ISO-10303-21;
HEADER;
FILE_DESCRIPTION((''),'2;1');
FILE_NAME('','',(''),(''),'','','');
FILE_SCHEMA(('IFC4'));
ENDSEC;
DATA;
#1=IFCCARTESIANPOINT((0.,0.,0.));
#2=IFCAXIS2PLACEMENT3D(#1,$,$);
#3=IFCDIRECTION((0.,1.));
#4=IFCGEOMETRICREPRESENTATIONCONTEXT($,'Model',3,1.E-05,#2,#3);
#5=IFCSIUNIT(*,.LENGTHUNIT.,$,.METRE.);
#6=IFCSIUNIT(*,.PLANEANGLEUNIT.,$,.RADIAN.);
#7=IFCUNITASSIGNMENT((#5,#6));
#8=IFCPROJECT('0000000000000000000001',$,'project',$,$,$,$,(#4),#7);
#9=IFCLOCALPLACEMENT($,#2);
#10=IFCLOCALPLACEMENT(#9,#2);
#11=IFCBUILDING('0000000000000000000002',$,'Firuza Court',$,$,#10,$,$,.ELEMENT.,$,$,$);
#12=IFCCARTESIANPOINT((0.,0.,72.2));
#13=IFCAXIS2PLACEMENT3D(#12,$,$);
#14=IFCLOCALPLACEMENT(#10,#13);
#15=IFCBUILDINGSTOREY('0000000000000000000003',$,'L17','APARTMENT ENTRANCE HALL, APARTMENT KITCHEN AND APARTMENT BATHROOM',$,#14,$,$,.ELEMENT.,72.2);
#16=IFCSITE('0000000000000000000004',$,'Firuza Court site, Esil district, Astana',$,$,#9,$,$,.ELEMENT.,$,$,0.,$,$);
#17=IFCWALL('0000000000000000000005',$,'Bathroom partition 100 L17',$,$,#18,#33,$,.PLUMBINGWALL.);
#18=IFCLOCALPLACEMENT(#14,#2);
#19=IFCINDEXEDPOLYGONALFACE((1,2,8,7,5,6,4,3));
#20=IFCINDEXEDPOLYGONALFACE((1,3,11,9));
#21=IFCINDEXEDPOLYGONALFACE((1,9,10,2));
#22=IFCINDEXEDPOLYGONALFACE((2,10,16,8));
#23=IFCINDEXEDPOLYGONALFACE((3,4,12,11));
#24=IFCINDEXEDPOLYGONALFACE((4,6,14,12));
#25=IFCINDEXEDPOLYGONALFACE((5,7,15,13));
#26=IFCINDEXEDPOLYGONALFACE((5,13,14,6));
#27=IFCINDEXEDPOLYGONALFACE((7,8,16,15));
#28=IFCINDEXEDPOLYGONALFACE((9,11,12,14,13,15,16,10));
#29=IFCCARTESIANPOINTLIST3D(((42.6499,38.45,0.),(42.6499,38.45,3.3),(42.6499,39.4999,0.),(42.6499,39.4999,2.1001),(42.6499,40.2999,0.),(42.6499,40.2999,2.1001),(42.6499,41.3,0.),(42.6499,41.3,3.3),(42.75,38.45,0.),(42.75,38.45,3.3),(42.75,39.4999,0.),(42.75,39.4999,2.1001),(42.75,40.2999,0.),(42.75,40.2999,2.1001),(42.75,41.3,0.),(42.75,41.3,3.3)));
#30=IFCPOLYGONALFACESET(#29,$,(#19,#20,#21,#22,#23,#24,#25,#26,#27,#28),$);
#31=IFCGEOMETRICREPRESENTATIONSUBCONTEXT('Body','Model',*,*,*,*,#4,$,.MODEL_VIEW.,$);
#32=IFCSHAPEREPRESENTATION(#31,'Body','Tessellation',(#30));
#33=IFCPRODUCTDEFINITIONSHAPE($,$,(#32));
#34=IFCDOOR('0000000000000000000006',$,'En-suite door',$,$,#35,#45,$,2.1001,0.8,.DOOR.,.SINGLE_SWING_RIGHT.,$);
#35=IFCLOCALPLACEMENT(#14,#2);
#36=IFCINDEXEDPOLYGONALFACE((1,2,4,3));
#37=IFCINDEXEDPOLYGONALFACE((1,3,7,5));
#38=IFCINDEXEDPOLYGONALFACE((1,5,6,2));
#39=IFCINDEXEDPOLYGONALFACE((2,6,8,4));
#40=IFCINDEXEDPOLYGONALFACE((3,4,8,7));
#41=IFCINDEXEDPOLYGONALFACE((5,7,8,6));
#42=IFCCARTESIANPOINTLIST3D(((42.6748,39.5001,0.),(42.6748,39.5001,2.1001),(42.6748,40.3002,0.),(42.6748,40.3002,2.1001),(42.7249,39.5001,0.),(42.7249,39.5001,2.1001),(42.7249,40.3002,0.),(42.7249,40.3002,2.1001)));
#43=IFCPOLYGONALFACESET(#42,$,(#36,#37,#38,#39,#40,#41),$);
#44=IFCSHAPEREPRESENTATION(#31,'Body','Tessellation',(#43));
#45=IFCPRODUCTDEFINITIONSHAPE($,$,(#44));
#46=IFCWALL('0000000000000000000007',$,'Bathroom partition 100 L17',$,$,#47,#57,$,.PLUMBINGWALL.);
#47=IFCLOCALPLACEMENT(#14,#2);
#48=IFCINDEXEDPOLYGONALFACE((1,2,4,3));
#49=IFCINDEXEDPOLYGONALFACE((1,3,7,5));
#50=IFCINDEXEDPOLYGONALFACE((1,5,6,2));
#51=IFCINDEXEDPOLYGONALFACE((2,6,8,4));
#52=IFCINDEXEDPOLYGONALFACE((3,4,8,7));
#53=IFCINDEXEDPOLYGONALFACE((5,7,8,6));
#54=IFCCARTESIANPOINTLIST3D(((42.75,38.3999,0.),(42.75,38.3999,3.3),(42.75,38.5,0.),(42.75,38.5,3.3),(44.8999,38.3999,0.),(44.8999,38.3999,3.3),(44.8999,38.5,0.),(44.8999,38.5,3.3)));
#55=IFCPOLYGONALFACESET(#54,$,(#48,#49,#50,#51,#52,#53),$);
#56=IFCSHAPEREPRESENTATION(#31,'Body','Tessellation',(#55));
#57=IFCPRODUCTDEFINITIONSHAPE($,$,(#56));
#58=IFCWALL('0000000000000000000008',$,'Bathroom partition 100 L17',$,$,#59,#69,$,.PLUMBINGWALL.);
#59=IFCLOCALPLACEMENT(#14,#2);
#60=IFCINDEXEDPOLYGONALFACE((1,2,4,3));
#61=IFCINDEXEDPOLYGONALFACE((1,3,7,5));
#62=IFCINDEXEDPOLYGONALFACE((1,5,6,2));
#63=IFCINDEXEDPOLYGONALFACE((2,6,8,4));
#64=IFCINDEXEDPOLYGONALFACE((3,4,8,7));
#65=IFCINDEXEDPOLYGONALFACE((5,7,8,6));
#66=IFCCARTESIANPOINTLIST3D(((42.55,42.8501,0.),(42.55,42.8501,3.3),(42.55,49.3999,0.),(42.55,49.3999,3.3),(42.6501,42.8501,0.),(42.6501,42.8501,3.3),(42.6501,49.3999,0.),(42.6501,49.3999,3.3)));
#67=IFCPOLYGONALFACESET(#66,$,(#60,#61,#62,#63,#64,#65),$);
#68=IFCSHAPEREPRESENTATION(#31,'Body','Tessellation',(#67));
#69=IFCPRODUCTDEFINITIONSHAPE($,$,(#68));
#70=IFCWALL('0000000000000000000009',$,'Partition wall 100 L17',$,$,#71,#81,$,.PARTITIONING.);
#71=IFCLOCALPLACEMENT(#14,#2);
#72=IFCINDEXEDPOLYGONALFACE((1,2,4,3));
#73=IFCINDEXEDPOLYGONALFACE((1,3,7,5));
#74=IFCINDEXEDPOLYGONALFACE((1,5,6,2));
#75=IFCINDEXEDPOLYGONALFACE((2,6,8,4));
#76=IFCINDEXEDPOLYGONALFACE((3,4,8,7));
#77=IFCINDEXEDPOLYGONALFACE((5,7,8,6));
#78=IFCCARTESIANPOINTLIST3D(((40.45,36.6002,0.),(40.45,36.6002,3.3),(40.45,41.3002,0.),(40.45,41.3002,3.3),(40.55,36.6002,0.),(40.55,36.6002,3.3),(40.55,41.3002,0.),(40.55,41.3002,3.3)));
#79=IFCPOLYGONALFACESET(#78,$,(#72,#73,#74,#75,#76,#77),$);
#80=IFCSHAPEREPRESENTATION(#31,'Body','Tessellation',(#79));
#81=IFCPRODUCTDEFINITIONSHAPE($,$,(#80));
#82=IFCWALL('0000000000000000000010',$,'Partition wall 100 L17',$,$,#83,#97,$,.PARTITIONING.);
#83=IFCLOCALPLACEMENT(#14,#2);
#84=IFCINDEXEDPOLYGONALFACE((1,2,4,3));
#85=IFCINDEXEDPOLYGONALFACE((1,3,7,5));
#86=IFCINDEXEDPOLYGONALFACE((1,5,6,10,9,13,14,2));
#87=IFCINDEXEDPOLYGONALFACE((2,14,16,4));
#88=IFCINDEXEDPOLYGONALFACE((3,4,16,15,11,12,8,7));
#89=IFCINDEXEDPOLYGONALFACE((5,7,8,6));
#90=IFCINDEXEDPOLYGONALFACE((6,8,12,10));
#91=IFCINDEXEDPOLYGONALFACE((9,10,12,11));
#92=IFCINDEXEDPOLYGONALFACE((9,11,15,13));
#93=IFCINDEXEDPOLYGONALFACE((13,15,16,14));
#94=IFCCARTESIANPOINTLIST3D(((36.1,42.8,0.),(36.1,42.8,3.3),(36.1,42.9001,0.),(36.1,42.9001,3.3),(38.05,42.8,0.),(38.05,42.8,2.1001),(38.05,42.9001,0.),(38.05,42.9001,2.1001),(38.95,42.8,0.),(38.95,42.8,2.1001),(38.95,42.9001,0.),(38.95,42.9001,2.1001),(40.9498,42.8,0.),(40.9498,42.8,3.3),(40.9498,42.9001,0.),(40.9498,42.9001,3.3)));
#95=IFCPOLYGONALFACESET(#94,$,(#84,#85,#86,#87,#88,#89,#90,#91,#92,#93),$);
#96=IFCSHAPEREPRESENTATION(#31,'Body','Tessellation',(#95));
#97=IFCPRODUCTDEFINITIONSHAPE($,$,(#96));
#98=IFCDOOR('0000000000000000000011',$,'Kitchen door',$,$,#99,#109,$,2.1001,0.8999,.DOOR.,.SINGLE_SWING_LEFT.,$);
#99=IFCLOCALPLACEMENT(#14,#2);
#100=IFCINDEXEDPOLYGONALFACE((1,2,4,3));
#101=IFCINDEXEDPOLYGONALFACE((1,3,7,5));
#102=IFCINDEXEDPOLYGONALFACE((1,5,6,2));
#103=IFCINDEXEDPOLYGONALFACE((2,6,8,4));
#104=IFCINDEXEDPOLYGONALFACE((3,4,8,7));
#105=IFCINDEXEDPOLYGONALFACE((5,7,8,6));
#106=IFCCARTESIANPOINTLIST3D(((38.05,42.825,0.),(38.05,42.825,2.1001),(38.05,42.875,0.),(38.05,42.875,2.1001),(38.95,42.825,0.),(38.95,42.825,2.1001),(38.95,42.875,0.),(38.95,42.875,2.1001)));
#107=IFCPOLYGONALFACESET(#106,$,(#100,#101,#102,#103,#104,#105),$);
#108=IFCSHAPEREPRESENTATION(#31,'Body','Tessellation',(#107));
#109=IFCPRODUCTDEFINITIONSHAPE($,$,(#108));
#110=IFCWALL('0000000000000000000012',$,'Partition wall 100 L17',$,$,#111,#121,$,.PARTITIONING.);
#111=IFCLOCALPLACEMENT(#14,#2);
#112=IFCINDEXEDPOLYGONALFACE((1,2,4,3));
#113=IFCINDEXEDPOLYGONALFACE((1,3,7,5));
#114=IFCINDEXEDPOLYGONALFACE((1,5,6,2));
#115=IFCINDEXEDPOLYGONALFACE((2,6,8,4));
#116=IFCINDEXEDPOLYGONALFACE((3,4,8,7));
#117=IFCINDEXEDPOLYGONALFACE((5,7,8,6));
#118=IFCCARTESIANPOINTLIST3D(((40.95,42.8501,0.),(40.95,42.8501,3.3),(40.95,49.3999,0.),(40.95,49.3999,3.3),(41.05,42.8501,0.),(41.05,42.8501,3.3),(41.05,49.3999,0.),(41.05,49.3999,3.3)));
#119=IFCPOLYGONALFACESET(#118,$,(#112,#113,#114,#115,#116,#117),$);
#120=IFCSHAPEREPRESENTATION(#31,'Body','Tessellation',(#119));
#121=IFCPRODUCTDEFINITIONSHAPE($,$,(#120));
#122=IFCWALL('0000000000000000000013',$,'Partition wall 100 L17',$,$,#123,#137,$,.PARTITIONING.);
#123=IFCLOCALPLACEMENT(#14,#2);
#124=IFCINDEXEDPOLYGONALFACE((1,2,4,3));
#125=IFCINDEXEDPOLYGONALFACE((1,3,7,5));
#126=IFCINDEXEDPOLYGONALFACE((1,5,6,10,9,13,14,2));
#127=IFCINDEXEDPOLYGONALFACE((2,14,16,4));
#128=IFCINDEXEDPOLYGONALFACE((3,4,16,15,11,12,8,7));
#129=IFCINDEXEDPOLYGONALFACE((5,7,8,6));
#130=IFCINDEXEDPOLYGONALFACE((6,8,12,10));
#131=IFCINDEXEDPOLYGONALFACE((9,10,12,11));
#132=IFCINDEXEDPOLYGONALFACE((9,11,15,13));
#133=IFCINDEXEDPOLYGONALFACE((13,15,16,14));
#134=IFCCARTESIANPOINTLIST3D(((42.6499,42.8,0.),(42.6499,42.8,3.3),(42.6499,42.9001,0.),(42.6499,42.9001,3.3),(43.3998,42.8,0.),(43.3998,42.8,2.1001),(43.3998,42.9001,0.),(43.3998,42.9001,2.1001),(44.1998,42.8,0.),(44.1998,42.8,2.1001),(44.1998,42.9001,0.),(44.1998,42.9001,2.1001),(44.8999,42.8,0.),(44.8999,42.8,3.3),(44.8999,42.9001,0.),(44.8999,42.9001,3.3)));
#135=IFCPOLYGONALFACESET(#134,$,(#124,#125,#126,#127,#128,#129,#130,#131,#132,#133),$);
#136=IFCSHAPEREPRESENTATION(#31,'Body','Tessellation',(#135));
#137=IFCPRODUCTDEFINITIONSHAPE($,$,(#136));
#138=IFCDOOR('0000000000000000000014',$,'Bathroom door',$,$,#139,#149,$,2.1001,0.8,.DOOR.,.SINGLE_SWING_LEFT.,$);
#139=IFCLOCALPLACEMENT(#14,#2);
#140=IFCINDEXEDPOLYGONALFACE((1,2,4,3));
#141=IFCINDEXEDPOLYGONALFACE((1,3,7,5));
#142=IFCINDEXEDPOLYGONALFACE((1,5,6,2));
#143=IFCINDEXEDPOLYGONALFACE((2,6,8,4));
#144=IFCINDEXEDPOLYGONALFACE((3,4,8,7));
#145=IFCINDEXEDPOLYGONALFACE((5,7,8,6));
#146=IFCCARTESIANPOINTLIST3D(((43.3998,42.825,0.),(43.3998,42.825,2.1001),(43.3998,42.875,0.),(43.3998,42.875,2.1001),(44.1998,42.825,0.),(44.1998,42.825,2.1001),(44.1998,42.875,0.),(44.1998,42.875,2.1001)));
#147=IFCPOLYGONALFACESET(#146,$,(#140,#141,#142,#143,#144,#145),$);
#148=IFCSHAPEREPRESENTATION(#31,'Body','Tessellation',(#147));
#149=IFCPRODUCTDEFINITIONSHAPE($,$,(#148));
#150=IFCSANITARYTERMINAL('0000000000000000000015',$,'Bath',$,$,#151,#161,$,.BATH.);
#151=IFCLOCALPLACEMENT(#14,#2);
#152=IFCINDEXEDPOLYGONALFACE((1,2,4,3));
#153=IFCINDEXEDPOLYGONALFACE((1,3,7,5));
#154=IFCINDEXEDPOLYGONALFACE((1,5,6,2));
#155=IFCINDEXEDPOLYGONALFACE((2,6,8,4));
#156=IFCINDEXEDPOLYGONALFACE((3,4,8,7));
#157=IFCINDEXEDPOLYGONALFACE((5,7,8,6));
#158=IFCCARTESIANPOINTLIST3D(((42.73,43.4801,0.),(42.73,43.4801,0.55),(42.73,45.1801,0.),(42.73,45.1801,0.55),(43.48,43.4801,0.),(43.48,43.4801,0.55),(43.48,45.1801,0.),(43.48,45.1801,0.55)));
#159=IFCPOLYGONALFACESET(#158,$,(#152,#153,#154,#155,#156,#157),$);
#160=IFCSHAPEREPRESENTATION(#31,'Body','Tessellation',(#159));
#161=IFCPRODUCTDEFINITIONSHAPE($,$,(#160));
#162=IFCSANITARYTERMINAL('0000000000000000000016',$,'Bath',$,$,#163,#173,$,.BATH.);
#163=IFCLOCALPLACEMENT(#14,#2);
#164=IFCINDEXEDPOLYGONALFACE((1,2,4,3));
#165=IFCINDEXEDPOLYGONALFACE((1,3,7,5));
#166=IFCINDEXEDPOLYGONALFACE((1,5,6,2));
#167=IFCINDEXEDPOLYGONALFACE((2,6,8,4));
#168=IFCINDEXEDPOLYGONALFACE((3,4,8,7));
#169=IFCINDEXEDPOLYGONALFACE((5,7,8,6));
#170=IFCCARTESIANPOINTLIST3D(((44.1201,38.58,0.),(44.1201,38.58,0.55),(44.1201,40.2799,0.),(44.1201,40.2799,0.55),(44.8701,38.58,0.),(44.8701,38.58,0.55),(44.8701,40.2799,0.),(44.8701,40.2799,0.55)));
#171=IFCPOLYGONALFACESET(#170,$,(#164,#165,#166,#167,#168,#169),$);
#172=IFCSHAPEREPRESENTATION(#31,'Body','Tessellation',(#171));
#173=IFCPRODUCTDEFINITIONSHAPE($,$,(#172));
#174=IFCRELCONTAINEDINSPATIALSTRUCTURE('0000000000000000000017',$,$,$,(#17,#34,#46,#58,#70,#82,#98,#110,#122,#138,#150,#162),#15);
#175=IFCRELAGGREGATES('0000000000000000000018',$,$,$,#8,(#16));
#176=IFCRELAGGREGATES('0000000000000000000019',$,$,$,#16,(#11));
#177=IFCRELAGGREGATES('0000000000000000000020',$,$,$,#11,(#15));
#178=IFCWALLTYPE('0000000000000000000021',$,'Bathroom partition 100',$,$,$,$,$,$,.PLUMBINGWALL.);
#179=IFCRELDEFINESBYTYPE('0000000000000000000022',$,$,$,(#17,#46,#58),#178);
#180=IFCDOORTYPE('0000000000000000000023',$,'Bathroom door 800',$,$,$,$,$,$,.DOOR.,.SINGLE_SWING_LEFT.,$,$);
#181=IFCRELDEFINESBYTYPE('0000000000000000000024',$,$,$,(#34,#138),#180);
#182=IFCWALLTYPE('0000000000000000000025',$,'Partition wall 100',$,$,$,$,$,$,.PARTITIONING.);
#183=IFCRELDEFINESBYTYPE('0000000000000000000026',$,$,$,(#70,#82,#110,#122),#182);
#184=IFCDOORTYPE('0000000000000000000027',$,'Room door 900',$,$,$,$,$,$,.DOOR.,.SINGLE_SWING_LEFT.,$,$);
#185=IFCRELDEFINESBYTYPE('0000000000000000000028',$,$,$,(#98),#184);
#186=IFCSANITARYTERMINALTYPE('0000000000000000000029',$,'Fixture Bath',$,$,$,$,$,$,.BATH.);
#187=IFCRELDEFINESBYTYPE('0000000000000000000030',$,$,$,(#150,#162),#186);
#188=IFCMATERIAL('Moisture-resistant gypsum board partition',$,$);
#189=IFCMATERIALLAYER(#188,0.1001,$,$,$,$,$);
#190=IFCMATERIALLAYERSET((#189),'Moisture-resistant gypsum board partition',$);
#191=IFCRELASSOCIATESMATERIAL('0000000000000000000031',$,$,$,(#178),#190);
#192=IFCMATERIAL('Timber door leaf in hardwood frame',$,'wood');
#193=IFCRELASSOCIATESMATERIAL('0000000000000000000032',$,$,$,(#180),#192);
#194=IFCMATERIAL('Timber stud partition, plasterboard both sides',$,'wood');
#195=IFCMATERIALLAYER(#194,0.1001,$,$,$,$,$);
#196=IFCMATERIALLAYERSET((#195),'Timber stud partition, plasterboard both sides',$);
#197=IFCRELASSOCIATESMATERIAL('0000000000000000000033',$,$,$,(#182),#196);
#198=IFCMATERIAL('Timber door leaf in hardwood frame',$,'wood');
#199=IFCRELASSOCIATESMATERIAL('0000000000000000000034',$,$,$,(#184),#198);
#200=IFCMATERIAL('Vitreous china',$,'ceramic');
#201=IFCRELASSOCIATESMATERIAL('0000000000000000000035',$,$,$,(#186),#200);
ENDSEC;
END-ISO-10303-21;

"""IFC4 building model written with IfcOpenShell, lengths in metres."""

from ifc_helpers import new_model, si_unit, direction, frame, frame_2d, origin, origin_2d, place, context, subcontext, project, spatial, rectangle, extrude, material, layer, layer_set, type_object, element, fill, save


model = new_model("IFC4")

# Units and contexts
model_context = context("Model", 3, precision=1e-05, world=origin(), true_north=direction((0.0, 1.0)))
body_context = subcontext(model_context, "Body", "Model", "MODEL_VIEW")
ifc_project = project(units=[si_unit("LENGTHUNIT", "METRE"), si_unit("PLANEANGLEUNIT", "RADIAN")], contexts=[model_context])

# Site, building, storey
site_placement = place(None, origin())
site = spatial("IfcSite", under=ifc_project, at=site_placement, Name="Firuza Court site, Esil district, Astana", CompositionType="ELEMENT", RefElevation=0.0)
building_placement = place(site_placement, origin())
building = spatial("IfcBuilding", under=site, at=building_placement, Name="Firuza Court", CompositionType="ELEMENT")
storey_placement = place(building_placement, frame((0.0, 0.0, 72.2)))
storey = spatial("IfcBuildingStorey", under=building, at=storey_placement, Name="L17", Description="APARTMENT ENTRANCE HALL, APARTMENT KITCHEN AND APARTMENT BATHROOM", CompositionType="ELEMENT", Elevation=72.2)

# Wall, opening, door
ifc_material_1 = material(Name="Moisture-resistant gypsum board partition")
ifc_layer_1 = layer(ifc_material_1, 0.1001)
ifc_layer_set_1 = layer_set([ifc_layer_1], Name="Moisture-resistant gypsum board partition")
wall_type_1 = type_object("IfcWallType", Name="Bathroom partition 100", PredefinedType="PLUMBINGWALL", material=ifc_layer_set_1)
wall_1_placement = place(storey_placement, frame((42.7, 38.45, 0.0), z_axis=(0.0, 0.0, 1.0), x_axis=(0.0, 1.0, 0.0)))
wall_1 = element("IfcWall", 1, at=wall_1_placement, inside=storey, type_object=wall_type_1, Name="Bathroom partition 100 L17", PredefinedType="PLUMBINGWALL", context=body_context, shape_type="SweptSolid", body=[
    extrude(rectangle(XDim=2.8501, YDim=0.1001, at=frame_2d((1.425, 0.0))), origin(), (0.0, 0.0, 1.0), 3.3),
])
opening_1_placement = place(wall_1_placement, frame((1.05, 0.0, 0.0)))
opening_1 = element("IfcOpeningElement", 2, at=opening_1_placement, cuts=wall_1, PredefinedType="OPENING", context=body_context, shape_type="SweptSolid", body=[
    extrude(rectangle(XDim=0.8, YDim=2.1001, at=frame_2d((0.3999, 1.05))), frame((0.0, 0.062, 0.0), z_axis=(0.0, -1.0, 0.0), x_axis=(1.0, 0.0, 0.0)), (0.0, 0.0, 1.0), 0.124),
])
ifc_material_2 = material(Name="Timber door leaf in hardwood frame", Category="wood")
door_type_1 = type_object("IfcDoorType", Name="Bathroom door 800", OperationType="SINGLE_SWING_LEFT", PredefinedType="DOOR", material=ifc_material_2)
door_1_placement = place(opening_1_placement, frame((0.8, 0.0, 0.0), z_axis=(0.0, 0.0, 1.0), x_axis=(-1.0, 0.0, 0.0)))
door_1 = element("IfcDoor", 3, at=door_1_placement, inside=storey, type_object=door_type_1, Name="En-suite door", OperationType="SINGLE_SWING_RIGHT", OverallHeight=2.1001, OverallWidth=0.8, PredefinedType="DOOR", context=body_context, shape_type="SweptSolid", body=[
    extrude(rectangle(XDim=0.8, YDim=2.1001, at=frame_2d((0.3999, 1.05))), frame((0.0, 0.0249, 0.0), z_axis=(0.0, -1.0, 0.0), x_axis=(1.0, 0.0, 0.0)), (0.0, 0.0, 1.0), 0.05),
])
fill(opening_1, door_1)

# Walls
wall_2_placement = place(storey_placement, frame((42.75, 38.45, 0.0), z_axis=(0.0, 0.0, 1.0), x_axis=(1.0, 0.0, 0.0)))
element("IfcWall", 4, at=wall_2_placement, inside=storey, type_object=wall_type_1, Name="Bathroom partition 100 L17", PredefinedType="PLUMBINGWALL", context=body_context, shape_type="SweptSolid", body=[
    extrude(rectangle(XDim=2.1499, YDim=0.1001, at=frame_2d((1.075, 0.0))), origin(), (0.0, 0.0, 1.0), 3.3),
])
wall_3_placement = place(storey_placement, frame((42.6001, 42.8501, 0.0), z_axis=(0.0, 0.0, 1.0), x_axis=(0.0, 1.0, 0.0)))
element("IfcWall", 5, at=wall_3_placement, inside=storey, type_object=wall_type_1, Name="Bathroom partition 100 L17", PredefinedType="PLUMBINGWALL", context=body_context, shape_type="SweptSolid", body=[
    extrude(rectangle(XDim=6.5498, YDim=0.1001, at=frame_2d((3.2749, 0.0))), origin(), (0.0, 0.0, 1.0), 3.3),
])
ifc_material_3 = material(Name="Timber stud partition, plasterboard both sides", Category="wood")
ifc_layer_2 = layer(ifc_material_3, 0.1001)
ifc_layer_set_2 = layer_set([ifc_layer_2], Name="Timber stud partition, plasterboard both sides")
wall_type_2 = type_object("IfcWallType", Name="Partition wall 100", PredefinedType="PARTITIONING", material=ifc_layer_set_2)
wall_4_placement = place(storey_placement, frame((40.5, 36.6001, 0.0), z_axis=(0.0, 0.0, 1.0), x_axis=(0.0, 1.0, 0.0)))
element("IfcWall", 6, at=wall_4_placement, inside=storey, type_object=wall_type_2, Name="Partition wall 100 L17", PredefinedType="PARTITIONING", context=body_context, shape_type="SweptSolid", body=[
    extrude(rectangle(XDim=4.7, YDim=0.1001, at=frame_2d((2.3501, 0.0))), origin(), (0.0, 0.0, 1.0), 3.3),
])

# Wall, opening, door
wall_5_placement = place(storey_placement, frame((36.1001, 42.8501, 0.0), z_axis=(0.0, 0.0, 1.0), x_axis=(1.0, 0.0, 0.0)))
wall_5 = element("IfcWall", 7, at=wall_5_placement, inside=storey, type_object=wall_type_2, Name="Partition wall 100 L17", PredefinedType="PARTITIONING", context=body_context, shape_type="SweptSolid", body=[
    extrude(rectangle(XDim=4.8499, YDim=0.1001, at=frame_2d((2.4248, 0.0))), origin(), (0.0, 0.0, 1.0), 3.3),
])
opening_2_placement = place(wall_5_placement, frame((1.95, 0.0, 0.0)))
opening_2 = element("IfcOpeningElement", 8, at=opening_2_placement, cuts=wall_5, PredefinedType="OPENING", context=body_context, shape_type="SweptSolid", body=[
    extrude(rectangle(XDim=0.8999, YDim=2.1001, at=frame_2d((0.45, 1.05))), frame((0.0, 0.062, 0.0), z_axis=(0.0, -1.0, 0.0), x_axis=(1.0, 0.0, 0.0)), (0.0, 0.0, 1.0), 0.124),
])
ifc_material_4 = material(Name="Timber door leaf in hardwood frame", Category="wood")
door_type_2 = type_object("IfcDoorType", Name="Room door 900", OperationType="SINGLE_SWING_LEFT", PredefinedType="DOOR", material=ifc_material_4)
door_2_placement = place(opening_2_placement, origin())
door_2 = element("IfcDoor", 9, at=door_2_placement, inside=storey, type_object=door_type_2, Name="Kitchen door", OperationType="SINGLE_SWING_LEFT", OverallHeight=2.1001, OverallWidth=0.8999, PredefinedType="DOOR", context=body_context, shape_type="SweptSolid", body=[
    extrude(rectangle(XDim=0.8999, YDim=2.1001, at=frame_2d((0.45, 1.05))), frame((0.0, 0.0249, 0.0), z_axis=(0.0, -1.0, 0.0), x_axis=(1.0, 0.0, 0.0)), (0.0, 0.0, 1.0), 0.05),
])
fill(opening_2, door_2)

# Wall
wall_6_placement = place(storey_placement, frame((41.0, 42.8501, 0.0), z_axis=(0.0, 0.0, 1.0), x_axis=(0.0, 1.0, 0.0)))
element("IfcWall", 10, at=wall_6_placement, inside=storey, type_object=wall_type_2, Name="Partition wall 100 L17", PredefinedType="PARTITIONING", context=body_context, shape_type="SweptSolid", body=[
    extrude(rectangle(XDim=6.5498, YDim=0.1001, at=frame_2d((3.2749, 0.0))), origin(), (0.0, 0.0, 1.0), 3.3),
])

# Wall, opening, door
wall_7_placement = place(storey_placement, frame((42.6499, 42.8501, 0.0), z_axis=(0.0, 0.0, 1.0), x_axis=(1.0, 0.0, 0.0)))
wall_7 = element("IfcWall", 11, at=wall_7_placement, inside=storey, type_object=wall_type_2, Name="Partition wall 100 L17", PredefinedType="PARTITIONING", context=body_context, shape_type="SweptSolid", body=[
    extrude(rectangle(XDim=2.25, YDim=0.1001, at=frame_2d((1.125, 0.0))), origin(), (0.0, 0.0, 1.0), 3.3),
])
opening_3_placement = place(wall_7_placement, frame((0.75, 0.0, 0.0)))
opening_3 = element("IfcOpeningElement", 12, at=opening_3_placement, cuts=wall_7, PredefinedType="OPENING", context=body_context, shape_type="SweptSolid", body=[
    extrude(rectangle(XDim=0.8, YDim=2.1001, at=frame_2d((0.3999, 1.05))), frame((0.0, 0.062, 0.0), z_axis=(0.0, -1.0, 0.0), x_axis=(1.0, 0.0, 0.0)), (0.0, 0.0, 1.0), 0.124),
])
door_3_placement = place(opening_3_placement, origin())
door_3 = element("IfcDoor", 13, at=door_3_placement, inside=storey, type_object=door_type_1, Name="Bathroom door", OperationType="SINGLE_SWING_LEFT", OverallHeight=2.1001, OverallWidth=0.8, PredefinedType="DOOR", context=body_context, shape_type="SweptSolid", body=[
    extrude(rectangle(XDim=0.8, YDim=2.1001, at=frame_2d((0.3999, 1.05))), frame((0.0, 0.0249, 0.0), z_axis=(0.0, -1.0, 0.0), x_axis=(1.0, 0.0, 0.0)), (0.0, 0.0, 1.0), 0.05),
])
fill(opening_3, door_3)

# Sanitary terminals
ifc_material_5 = material(Name="Vitreous china", Category="ceramic")
sanitary_terminal_type_1 = type_object("IfcSanitaryTerminalType", Name="Fixture Bath", PredefinedType="BATH", material=ifc_material_5)
for number, where, z_axis, x_axis, name in (
    (14, (43.105, 44.3301, 0.0), (0.0, 0.0, 1.0), (1.0, 0.0, 0.0), "Bath"),
    (15, (44.4951, 39.4299, 0.0), (0.0, 0.0, 1.0), (1.0, 0.0, 0.0), "Bath"),
):
    element("IfcSanitaryTerminal", number, at=place(storey_placement, frame(where, z_axis=z_axis, x_axis=x_axis)), inside=storey, type_object=sanitary_terminal_type_1, Name=name, PredefinedType="BATH", context=body_context, shape_type="SweptSolid", body=[
        extrude(rectangle(XDim=0.75, YDim=1.7, at=origin_2d()), origin(), (0.0, 0.0, 1.0), 0.55),
    ])

save(model, "model.ifc")
